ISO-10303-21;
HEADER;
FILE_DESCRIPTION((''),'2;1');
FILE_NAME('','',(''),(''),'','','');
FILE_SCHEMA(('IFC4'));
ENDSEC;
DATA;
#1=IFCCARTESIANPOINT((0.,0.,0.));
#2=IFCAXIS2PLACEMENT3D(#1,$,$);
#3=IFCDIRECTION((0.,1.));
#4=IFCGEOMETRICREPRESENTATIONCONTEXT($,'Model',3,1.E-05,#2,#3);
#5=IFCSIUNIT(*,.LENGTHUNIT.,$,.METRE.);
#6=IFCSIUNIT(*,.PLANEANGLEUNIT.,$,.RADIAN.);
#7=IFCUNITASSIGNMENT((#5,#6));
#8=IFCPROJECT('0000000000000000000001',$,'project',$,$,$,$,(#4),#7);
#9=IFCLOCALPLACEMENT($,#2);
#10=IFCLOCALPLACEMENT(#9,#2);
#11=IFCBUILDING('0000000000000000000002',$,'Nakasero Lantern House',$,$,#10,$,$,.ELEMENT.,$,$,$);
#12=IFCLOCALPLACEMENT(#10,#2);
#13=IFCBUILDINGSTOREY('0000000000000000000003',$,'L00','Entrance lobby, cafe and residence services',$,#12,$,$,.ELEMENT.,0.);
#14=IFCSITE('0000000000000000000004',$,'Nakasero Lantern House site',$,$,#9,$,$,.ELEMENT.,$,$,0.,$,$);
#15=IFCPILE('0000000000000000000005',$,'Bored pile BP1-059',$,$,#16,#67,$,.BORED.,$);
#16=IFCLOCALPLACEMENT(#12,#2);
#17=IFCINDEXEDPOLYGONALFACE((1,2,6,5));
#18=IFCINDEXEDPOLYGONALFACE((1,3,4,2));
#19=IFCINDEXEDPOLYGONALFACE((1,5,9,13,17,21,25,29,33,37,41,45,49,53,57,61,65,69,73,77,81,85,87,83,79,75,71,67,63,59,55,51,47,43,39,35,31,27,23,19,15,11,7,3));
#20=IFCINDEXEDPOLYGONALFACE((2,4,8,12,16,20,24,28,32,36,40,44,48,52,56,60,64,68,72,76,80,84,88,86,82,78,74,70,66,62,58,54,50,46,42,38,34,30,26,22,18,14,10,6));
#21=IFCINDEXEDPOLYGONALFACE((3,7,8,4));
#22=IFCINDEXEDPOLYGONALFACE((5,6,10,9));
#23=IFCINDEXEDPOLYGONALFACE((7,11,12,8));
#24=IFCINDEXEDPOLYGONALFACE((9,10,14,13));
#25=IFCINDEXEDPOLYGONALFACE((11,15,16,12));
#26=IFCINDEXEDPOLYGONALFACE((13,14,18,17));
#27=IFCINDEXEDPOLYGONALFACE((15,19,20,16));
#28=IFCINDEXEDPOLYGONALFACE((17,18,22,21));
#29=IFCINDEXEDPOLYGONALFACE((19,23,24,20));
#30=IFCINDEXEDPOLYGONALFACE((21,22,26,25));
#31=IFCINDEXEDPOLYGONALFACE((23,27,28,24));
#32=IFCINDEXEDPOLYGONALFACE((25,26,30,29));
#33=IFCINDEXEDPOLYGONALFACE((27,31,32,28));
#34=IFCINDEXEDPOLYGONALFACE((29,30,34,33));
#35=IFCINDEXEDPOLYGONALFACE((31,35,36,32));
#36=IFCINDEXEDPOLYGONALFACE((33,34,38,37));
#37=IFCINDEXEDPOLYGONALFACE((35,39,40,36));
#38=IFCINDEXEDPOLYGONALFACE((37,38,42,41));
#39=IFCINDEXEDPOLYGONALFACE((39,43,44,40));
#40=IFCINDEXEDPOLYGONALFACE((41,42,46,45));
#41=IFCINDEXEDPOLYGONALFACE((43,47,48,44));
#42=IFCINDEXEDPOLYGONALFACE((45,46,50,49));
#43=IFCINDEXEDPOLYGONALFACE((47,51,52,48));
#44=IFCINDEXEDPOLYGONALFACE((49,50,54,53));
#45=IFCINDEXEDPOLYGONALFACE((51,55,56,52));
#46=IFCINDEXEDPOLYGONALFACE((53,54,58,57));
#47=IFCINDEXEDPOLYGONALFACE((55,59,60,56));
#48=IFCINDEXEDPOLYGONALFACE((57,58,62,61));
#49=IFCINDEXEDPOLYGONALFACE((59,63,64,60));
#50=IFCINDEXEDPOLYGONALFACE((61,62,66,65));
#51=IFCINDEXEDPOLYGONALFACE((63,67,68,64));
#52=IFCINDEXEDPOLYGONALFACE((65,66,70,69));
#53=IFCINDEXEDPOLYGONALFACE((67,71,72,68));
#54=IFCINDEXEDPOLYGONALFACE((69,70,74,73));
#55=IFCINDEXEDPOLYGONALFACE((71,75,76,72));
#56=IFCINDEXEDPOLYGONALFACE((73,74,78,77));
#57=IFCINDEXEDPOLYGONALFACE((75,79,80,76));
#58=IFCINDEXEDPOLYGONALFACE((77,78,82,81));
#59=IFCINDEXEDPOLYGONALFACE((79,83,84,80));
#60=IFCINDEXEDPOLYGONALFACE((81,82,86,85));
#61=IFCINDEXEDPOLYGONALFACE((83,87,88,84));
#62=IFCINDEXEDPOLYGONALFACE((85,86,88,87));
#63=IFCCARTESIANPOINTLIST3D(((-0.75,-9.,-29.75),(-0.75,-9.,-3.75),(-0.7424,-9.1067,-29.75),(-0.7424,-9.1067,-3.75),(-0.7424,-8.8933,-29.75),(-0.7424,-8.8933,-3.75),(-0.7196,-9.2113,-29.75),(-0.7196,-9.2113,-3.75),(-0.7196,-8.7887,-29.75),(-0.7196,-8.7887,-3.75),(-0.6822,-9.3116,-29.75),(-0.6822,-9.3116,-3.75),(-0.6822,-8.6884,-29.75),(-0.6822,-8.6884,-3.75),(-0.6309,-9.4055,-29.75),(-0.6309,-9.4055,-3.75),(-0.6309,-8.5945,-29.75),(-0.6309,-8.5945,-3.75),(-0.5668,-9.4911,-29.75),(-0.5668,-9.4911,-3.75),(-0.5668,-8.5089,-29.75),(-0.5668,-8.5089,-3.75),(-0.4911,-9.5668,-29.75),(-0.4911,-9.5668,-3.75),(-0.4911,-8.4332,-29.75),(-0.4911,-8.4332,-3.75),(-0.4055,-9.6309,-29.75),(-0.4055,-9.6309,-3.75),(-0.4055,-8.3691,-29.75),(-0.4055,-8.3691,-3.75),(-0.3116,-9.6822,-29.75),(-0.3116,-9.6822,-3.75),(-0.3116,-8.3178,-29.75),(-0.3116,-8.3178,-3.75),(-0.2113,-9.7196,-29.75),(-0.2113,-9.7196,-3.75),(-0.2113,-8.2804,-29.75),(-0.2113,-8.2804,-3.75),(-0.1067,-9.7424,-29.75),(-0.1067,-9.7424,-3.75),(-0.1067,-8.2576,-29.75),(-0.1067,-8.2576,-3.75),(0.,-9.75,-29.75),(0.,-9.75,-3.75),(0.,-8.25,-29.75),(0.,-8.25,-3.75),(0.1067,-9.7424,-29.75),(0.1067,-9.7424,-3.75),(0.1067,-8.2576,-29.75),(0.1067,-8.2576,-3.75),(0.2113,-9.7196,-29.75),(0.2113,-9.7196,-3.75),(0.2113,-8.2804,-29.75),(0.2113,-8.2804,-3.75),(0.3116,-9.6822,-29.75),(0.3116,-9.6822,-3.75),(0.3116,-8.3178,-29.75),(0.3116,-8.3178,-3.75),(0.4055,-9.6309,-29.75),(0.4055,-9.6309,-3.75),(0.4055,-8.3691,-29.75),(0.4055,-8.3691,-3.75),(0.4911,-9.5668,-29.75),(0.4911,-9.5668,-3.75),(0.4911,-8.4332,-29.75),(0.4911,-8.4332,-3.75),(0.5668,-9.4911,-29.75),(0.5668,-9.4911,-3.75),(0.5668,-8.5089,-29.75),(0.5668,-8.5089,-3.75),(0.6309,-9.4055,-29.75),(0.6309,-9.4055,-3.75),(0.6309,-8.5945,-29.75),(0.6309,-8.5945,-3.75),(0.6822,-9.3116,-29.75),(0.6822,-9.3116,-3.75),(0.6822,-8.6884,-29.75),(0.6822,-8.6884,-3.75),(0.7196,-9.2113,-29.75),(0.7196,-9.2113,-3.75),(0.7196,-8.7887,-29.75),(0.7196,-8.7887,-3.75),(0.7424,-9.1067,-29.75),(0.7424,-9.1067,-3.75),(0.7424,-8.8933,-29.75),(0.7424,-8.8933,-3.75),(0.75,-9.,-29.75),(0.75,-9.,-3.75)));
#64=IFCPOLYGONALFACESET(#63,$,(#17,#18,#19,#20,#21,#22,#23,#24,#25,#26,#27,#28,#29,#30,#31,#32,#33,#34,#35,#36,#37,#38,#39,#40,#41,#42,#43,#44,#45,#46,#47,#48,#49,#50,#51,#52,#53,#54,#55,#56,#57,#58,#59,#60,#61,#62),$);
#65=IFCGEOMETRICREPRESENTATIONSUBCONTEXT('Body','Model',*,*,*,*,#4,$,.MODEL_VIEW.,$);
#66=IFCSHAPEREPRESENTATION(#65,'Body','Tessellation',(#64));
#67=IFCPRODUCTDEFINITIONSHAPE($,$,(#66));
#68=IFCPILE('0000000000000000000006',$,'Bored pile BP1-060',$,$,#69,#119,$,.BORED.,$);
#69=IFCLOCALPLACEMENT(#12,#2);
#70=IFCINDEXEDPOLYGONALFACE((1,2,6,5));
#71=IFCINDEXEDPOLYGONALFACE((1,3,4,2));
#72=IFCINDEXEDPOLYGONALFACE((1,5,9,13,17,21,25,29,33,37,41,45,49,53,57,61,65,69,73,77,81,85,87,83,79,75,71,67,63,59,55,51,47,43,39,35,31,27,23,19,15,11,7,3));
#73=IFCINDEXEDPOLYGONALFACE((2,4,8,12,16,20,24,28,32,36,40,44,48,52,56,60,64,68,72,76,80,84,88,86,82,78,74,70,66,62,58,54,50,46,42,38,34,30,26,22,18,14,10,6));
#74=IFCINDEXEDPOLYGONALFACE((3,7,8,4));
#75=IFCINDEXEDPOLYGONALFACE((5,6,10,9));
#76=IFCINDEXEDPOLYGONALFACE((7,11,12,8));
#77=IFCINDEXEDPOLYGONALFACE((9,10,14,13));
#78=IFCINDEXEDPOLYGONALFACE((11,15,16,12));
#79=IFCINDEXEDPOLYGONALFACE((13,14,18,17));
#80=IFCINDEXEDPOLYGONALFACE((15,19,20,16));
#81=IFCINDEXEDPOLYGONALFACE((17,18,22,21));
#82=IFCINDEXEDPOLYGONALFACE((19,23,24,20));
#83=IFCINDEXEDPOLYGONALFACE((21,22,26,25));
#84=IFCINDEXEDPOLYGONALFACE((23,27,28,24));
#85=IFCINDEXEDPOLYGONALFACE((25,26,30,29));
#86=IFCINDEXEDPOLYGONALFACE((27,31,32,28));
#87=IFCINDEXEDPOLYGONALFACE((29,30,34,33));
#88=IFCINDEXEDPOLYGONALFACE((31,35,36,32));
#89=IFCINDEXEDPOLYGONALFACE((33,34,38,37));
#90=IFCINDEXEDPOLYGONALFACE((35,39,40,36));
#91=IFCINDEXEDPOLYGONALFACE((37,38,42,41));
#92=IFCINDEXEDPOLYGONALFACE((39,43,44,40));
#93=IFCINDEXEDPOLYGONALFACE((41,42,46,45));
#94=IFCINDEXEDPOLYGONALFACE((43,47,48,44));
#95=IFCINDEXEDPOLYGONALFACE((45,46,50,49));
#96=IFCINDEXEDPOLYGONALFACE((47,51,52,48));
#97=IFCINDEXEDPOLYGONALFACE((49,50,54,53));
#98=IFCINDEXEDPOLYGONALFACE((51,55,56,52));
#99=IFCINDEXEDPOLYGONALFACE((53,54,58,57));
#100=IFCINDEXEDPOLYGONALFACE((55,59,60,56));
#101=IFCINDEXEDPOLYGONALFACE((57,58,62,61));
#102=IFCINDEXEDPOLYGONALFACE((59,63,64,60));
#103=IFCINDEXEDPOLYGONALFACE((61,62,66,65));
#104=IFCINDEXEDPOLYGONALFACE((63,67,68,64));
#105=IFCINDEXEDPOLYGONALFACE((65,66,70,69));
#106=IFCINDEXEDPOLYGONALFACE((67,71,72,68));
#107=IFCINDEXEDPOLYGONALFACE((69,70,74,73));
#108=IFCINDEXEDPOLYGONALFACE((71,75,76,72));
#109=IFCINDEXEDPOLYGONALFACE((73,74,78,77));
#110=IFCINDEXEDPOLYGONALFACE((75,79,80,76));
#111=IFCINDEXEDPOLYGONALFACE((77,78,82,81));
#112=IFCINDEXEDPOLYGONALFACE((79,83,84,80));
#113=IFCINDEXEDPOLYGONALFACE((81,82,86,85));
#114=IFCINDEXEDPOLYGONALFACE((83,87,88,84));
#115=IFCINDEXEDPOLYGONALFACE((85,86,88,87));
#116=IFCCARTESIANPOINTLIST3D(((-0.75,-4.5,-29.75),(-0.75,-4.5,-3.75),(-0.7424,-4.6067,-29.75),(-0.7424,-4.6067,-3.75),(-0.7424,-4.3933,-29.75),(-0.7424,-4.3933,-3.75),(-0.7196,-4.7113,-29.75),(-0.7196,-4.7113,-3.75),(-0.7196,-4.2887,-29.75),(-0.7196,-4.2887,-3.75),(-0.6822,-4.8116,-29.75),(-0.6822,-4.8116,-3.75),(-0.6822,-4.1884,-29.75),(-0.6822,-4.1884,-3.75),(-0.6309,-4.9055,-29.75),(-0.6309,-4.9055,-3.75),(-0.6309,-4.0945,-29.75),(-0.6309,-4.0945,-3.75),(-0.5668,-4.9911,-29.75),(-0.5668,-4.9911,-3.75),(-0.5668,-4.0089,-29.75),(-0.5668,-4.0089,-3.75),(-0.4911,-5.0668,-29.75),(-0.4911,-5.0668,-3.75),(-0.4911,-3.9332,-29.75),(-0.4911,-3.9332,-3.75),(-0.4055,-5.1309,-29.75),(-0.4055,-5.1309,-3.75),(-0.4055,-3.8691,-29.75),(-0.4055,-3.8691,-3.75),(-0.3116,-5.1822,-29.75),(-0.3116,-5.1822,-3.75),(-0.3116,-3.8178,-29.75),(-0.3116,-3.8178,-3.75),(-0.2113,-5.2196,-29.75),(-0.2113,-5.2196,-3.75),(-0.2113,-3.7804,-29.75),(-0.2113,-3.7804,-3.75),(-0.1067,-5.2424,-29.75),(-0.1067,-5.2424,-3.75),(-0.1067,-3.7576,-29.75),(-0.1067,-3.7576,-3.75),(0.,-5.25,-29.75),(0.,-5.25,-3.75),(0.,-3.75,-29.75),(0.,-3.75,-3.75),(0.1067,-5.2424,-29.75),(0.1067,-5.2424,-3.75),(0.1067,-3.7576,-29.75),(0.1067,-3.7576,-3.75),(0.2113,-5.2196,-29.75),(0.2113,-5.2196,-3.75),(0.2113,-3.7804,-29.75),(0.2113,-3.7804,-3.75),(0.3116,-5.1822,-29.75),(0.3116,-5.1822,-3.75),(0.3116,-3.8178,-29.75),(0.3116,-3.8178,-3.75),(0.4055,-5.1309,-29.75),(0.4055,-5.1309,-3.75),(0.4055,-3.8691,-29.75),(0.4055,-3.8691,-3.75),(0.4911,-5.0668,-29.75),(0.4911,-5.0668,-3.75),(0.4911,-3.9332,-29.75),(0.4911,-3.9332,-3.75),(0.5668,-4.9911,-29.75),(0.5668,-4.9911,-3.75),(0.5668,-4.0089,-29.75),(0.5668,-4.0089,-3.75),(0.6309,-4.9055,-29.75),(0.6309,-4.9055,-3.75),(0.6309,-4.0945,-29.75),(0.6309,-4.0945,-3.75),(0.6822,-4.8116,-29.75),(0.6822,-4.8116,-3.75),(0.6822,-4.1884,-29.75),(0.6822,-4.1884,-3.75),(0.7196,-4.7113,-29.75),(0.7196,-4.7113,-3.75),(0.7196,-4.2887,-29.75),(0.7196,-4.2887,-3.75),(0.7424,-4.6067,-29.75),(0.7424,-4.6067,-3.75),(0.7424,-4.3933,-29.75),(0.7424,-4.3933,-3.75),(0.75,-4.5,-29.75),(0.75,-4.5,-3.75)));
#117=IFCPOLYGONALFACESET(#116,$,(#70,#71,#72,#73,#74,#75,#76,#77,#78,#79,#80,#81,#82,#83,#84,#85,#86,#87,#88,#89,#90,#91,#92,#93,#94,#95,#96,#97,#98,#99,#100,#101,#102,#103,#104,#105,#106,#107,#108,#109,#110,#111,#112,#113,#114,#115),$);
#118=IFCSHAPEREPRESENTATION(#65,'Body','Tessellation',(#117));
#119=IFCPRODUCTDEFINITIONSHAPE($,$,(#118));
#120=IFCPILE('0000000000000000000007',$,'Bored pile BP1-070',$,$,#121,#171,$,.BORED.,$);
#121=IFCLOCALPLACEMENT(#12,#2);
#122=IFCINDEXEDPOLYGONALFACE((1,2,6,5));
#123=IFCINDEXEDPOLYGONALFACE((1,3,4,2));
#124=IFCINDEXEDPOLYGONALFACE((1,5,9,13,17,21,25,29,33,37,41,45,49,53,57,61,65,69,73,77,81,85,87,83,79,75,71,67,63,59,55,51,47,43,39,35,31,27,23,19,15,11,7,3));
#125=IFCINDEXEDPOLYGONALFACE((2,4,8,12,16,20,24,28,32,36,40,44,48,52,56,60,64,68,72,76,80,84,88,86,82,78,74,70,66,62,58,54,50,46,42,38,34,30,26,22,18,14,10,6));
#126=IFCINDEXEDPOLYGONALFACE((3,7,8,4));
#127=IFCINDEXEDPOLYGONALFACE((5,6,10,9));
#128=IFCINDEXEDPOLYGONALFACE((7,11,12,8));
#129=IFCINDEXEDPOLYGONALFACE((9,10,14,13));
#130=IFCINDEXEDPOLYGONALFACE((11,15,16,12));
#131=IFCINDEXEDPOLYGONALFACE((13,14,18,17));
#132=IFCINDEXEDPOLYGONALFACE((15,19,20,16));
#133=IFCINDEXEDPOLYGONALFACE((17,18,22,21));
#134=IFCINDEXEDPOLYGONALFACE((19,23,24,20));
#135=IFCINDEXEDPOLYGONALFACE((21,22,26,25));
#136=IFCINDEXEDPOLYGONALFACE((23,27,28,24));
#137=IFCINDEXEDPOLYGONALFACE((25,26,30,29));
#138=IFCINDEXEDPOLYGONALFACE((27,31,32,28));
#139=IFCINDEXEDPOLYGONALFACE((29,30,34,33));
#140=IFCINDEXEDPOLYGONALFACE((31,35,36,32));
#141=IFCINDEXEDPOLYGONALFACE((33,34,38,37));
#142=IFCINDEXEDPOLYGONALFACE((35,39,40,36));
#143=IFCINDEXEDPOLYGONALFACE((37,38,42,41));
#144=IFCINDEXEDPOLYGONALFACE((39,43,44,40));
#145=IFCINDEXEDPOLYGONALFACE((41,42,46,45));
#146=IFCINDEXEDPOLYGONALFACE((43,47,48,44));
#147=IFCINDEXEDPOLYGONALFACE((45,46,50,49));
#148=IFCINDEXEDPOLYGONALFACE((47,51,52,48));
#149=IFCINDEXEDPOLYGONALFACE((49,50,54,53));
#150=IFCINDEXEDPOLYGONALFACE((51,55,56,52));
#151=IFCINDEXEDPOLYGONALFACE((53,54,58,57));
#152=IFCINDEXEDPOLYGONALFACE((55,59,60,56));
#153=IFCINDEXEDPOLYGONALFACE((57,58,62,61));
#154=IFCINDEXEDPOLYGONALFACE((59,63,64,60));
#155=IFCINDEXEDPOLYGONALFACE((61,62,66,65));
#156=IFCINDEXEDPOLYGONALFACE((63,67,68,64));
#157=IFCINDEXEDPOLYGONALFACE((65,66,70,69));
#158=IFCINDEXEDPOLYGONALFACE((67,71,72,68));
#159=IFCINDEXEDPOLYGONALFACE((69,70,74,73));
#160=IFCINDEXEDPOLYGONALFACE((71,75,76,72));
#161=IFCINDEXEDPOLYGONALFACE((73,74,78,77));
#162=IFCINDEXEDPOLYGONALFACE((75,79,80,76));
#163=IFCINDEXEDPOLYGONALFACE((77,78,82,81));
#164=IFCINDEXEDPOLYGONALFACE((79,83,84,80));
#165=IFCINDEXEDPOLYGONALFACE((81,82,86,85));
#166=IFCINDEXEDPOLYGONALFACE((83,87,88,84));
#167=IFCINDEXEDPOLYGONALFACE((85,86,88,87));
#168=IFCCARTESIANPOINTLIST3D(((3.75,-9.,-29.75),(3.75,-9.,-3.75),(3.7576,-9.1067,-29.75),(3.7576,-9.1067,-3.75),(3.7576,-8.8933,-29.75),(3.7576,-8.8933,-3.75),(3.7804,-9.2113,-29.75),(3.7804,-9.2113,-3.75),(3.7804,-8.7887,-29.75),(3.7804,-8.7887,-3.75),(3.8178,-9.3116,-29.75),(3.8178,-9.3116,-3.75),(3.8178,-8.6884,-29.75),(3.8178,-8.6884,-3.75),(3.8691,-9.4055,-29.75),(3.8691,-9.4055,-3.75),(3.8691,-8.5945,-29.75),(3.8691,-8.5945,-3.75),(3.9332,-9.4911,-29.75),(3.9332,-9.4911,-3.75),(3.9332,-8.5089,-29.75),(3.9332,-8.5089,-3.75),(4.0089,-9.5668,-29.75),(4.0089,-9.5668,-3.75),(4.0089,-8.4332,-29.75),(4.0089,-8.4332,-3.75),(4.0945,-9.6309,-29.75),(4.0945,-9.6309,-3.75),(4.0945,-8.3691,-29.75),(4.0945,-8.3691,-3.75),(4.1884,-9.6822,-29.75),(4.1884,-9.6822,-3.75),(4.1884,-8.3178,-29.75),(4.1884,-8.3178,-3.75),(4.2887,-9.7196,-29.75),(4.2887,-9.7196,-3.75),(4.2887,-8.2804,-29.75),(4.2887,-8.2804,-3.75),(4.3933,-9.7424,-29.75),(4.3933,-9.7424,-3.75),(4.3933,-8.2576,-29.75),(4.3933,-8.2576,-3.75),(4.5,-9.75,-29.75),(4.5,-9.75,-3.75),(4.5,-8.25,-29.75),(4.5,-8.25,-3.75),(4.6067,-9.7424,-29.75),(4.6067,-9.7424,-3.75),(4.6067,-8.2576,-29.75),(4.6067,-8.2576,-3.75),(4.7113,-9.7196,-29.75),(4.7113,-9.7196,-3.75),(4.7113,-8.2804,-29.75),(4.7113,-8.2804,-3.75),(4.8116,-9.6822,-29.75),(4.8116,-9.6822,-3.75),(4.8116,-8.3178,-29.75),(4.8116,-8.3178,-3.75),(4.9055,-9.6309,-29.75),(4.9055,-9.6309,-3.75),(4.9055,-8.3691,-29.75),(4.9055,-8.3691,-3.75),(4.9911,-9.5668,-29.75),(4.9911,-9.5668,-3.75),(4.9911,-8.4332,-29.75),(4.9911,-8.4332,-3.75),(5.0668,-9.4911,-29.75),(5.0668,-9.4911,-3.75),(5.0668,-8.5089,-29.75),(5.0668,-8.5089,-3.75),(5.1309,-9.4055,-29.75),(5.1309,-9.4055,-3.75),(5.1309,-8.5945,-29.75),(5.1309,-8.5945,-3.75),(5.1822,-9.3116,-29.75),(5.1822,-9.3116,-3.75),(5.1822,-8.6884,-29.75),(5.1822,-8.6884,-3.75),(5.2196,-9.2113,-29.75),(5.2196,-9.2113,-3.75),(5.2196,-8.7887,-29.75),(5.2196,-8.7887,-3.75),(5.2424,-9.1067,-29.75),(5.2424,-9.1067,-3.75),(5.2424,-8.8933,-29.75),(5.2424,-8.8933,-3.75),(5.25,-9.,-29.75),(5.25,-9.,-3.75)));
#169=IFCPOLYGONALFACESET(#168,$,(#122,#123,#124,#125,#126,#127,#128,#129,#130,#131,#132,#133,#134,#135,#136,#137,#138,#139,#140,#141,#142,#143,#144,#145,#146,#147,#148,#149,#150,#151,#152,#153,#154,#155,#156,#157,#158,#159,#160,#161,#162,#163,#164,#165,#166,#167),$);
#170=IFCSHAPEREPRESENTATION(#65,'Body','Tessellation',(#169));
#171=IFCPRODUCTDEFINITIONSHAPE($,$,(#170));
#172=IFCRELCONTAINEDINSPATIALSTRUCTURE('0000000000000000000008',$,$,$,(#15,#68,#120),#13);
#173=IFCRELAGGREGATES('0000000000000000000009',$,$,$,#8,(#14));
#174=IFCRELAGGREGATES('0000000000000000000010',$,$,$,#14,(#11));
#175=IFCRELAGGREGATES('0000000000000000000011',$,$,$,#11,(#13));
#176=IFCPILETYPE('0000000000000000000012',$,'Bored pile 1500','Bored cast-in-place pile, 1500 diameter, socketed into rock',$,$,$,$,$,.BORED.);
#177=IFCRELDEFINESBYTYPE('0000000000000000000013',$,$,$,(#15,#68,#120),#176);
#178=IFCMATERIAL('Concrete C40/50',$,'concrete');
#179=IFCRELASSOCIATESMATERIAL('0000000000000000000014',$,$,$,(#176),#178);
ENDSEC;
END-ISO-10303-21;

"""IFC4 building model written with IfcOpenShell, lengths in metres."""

from ifc_helpers import new_model, si_unit, direction, frame, origin, origin_2d, place, context, subcontext, project, spatial, circle, extrude, material, type_object, element, save


model = new_model("IFC4")

# Units and contexts
model_context = context("Model", 3, precision=1e-05, world=origin(), true_north=direction((0.0, 1.0)))
body_context = subcontext(model_context, "Body", "Model", "MODEL_VIEW")
ifc_project = project(units=[si_unit("LENGTHUNIT", "METRE"), si_unit("PLANEANGLEUNIT", "RADIAN")], contexts=[model_context])

# Site, building, storey
site_placement = place(None, origin())
site = spatial("IfcSite", under=ifc_project, at=site_placement, Name="Nakasero Lantern House site", CompositionType="ELEMENT", RefElevation=0.0)
building_placement = place(site_placement, origin())
building = spatial("IfcBuilding", under=site, at=building_placement, Name="Nakasero Lantern House", CompositionType="ELEMENT")
storey_placement = place(building_placement, origin())
storey = spatial("IfcBuildingStorey", under=building, at=storey_placement, Name="L00", Description="Entrance lobby, cafe and residence services", CompositionType="ELEMENT", Elevation=0.0)

# Piles
ifc_material_1 = material(Name="Concrete C40/50", Category="concrete")
pile_type = type_object("IfcPileType", Name="Bored pile 1500", Description="Bored cast-in-place pile, 1500 diameter, socketed into rock", PredefinedType="BORED", material=ifc_material_1)
for number, where, z_axis, x_axis, name in (
    (1, (0.0, -9.0, -3.75), (0.0, 0.0, -1.0), (1.0, 0.0, 0.0), "Bored pile BP1-059"),
    (2, (0.0, -4.5, -3.75), (0.0, 0.0, -1.0), (1.0, 0.0, 0.0), "Bored pile BP1-060"),
    (3, (4.5, -9.0, -3.75), (0.0, 0.0, -1.0), (1.0, 0.0, 0.0), "Bored pile BP1-070"),
):
    element("IfcPile", number, at=place(storey_placement, frame(where, z_axis=z_axis, x_axis=x_axis)), inside=storey, type_object=pile_type, Name=name, PredefinedType="BORED", context=body_context, shape_type="SweptSolid", body=[
        extrude(circle(Radius=0.75, at=origin_2d()), origin(), (0.0, 0.0, 1.0), 26.0),
    ])

save(model, "model.ifc")
